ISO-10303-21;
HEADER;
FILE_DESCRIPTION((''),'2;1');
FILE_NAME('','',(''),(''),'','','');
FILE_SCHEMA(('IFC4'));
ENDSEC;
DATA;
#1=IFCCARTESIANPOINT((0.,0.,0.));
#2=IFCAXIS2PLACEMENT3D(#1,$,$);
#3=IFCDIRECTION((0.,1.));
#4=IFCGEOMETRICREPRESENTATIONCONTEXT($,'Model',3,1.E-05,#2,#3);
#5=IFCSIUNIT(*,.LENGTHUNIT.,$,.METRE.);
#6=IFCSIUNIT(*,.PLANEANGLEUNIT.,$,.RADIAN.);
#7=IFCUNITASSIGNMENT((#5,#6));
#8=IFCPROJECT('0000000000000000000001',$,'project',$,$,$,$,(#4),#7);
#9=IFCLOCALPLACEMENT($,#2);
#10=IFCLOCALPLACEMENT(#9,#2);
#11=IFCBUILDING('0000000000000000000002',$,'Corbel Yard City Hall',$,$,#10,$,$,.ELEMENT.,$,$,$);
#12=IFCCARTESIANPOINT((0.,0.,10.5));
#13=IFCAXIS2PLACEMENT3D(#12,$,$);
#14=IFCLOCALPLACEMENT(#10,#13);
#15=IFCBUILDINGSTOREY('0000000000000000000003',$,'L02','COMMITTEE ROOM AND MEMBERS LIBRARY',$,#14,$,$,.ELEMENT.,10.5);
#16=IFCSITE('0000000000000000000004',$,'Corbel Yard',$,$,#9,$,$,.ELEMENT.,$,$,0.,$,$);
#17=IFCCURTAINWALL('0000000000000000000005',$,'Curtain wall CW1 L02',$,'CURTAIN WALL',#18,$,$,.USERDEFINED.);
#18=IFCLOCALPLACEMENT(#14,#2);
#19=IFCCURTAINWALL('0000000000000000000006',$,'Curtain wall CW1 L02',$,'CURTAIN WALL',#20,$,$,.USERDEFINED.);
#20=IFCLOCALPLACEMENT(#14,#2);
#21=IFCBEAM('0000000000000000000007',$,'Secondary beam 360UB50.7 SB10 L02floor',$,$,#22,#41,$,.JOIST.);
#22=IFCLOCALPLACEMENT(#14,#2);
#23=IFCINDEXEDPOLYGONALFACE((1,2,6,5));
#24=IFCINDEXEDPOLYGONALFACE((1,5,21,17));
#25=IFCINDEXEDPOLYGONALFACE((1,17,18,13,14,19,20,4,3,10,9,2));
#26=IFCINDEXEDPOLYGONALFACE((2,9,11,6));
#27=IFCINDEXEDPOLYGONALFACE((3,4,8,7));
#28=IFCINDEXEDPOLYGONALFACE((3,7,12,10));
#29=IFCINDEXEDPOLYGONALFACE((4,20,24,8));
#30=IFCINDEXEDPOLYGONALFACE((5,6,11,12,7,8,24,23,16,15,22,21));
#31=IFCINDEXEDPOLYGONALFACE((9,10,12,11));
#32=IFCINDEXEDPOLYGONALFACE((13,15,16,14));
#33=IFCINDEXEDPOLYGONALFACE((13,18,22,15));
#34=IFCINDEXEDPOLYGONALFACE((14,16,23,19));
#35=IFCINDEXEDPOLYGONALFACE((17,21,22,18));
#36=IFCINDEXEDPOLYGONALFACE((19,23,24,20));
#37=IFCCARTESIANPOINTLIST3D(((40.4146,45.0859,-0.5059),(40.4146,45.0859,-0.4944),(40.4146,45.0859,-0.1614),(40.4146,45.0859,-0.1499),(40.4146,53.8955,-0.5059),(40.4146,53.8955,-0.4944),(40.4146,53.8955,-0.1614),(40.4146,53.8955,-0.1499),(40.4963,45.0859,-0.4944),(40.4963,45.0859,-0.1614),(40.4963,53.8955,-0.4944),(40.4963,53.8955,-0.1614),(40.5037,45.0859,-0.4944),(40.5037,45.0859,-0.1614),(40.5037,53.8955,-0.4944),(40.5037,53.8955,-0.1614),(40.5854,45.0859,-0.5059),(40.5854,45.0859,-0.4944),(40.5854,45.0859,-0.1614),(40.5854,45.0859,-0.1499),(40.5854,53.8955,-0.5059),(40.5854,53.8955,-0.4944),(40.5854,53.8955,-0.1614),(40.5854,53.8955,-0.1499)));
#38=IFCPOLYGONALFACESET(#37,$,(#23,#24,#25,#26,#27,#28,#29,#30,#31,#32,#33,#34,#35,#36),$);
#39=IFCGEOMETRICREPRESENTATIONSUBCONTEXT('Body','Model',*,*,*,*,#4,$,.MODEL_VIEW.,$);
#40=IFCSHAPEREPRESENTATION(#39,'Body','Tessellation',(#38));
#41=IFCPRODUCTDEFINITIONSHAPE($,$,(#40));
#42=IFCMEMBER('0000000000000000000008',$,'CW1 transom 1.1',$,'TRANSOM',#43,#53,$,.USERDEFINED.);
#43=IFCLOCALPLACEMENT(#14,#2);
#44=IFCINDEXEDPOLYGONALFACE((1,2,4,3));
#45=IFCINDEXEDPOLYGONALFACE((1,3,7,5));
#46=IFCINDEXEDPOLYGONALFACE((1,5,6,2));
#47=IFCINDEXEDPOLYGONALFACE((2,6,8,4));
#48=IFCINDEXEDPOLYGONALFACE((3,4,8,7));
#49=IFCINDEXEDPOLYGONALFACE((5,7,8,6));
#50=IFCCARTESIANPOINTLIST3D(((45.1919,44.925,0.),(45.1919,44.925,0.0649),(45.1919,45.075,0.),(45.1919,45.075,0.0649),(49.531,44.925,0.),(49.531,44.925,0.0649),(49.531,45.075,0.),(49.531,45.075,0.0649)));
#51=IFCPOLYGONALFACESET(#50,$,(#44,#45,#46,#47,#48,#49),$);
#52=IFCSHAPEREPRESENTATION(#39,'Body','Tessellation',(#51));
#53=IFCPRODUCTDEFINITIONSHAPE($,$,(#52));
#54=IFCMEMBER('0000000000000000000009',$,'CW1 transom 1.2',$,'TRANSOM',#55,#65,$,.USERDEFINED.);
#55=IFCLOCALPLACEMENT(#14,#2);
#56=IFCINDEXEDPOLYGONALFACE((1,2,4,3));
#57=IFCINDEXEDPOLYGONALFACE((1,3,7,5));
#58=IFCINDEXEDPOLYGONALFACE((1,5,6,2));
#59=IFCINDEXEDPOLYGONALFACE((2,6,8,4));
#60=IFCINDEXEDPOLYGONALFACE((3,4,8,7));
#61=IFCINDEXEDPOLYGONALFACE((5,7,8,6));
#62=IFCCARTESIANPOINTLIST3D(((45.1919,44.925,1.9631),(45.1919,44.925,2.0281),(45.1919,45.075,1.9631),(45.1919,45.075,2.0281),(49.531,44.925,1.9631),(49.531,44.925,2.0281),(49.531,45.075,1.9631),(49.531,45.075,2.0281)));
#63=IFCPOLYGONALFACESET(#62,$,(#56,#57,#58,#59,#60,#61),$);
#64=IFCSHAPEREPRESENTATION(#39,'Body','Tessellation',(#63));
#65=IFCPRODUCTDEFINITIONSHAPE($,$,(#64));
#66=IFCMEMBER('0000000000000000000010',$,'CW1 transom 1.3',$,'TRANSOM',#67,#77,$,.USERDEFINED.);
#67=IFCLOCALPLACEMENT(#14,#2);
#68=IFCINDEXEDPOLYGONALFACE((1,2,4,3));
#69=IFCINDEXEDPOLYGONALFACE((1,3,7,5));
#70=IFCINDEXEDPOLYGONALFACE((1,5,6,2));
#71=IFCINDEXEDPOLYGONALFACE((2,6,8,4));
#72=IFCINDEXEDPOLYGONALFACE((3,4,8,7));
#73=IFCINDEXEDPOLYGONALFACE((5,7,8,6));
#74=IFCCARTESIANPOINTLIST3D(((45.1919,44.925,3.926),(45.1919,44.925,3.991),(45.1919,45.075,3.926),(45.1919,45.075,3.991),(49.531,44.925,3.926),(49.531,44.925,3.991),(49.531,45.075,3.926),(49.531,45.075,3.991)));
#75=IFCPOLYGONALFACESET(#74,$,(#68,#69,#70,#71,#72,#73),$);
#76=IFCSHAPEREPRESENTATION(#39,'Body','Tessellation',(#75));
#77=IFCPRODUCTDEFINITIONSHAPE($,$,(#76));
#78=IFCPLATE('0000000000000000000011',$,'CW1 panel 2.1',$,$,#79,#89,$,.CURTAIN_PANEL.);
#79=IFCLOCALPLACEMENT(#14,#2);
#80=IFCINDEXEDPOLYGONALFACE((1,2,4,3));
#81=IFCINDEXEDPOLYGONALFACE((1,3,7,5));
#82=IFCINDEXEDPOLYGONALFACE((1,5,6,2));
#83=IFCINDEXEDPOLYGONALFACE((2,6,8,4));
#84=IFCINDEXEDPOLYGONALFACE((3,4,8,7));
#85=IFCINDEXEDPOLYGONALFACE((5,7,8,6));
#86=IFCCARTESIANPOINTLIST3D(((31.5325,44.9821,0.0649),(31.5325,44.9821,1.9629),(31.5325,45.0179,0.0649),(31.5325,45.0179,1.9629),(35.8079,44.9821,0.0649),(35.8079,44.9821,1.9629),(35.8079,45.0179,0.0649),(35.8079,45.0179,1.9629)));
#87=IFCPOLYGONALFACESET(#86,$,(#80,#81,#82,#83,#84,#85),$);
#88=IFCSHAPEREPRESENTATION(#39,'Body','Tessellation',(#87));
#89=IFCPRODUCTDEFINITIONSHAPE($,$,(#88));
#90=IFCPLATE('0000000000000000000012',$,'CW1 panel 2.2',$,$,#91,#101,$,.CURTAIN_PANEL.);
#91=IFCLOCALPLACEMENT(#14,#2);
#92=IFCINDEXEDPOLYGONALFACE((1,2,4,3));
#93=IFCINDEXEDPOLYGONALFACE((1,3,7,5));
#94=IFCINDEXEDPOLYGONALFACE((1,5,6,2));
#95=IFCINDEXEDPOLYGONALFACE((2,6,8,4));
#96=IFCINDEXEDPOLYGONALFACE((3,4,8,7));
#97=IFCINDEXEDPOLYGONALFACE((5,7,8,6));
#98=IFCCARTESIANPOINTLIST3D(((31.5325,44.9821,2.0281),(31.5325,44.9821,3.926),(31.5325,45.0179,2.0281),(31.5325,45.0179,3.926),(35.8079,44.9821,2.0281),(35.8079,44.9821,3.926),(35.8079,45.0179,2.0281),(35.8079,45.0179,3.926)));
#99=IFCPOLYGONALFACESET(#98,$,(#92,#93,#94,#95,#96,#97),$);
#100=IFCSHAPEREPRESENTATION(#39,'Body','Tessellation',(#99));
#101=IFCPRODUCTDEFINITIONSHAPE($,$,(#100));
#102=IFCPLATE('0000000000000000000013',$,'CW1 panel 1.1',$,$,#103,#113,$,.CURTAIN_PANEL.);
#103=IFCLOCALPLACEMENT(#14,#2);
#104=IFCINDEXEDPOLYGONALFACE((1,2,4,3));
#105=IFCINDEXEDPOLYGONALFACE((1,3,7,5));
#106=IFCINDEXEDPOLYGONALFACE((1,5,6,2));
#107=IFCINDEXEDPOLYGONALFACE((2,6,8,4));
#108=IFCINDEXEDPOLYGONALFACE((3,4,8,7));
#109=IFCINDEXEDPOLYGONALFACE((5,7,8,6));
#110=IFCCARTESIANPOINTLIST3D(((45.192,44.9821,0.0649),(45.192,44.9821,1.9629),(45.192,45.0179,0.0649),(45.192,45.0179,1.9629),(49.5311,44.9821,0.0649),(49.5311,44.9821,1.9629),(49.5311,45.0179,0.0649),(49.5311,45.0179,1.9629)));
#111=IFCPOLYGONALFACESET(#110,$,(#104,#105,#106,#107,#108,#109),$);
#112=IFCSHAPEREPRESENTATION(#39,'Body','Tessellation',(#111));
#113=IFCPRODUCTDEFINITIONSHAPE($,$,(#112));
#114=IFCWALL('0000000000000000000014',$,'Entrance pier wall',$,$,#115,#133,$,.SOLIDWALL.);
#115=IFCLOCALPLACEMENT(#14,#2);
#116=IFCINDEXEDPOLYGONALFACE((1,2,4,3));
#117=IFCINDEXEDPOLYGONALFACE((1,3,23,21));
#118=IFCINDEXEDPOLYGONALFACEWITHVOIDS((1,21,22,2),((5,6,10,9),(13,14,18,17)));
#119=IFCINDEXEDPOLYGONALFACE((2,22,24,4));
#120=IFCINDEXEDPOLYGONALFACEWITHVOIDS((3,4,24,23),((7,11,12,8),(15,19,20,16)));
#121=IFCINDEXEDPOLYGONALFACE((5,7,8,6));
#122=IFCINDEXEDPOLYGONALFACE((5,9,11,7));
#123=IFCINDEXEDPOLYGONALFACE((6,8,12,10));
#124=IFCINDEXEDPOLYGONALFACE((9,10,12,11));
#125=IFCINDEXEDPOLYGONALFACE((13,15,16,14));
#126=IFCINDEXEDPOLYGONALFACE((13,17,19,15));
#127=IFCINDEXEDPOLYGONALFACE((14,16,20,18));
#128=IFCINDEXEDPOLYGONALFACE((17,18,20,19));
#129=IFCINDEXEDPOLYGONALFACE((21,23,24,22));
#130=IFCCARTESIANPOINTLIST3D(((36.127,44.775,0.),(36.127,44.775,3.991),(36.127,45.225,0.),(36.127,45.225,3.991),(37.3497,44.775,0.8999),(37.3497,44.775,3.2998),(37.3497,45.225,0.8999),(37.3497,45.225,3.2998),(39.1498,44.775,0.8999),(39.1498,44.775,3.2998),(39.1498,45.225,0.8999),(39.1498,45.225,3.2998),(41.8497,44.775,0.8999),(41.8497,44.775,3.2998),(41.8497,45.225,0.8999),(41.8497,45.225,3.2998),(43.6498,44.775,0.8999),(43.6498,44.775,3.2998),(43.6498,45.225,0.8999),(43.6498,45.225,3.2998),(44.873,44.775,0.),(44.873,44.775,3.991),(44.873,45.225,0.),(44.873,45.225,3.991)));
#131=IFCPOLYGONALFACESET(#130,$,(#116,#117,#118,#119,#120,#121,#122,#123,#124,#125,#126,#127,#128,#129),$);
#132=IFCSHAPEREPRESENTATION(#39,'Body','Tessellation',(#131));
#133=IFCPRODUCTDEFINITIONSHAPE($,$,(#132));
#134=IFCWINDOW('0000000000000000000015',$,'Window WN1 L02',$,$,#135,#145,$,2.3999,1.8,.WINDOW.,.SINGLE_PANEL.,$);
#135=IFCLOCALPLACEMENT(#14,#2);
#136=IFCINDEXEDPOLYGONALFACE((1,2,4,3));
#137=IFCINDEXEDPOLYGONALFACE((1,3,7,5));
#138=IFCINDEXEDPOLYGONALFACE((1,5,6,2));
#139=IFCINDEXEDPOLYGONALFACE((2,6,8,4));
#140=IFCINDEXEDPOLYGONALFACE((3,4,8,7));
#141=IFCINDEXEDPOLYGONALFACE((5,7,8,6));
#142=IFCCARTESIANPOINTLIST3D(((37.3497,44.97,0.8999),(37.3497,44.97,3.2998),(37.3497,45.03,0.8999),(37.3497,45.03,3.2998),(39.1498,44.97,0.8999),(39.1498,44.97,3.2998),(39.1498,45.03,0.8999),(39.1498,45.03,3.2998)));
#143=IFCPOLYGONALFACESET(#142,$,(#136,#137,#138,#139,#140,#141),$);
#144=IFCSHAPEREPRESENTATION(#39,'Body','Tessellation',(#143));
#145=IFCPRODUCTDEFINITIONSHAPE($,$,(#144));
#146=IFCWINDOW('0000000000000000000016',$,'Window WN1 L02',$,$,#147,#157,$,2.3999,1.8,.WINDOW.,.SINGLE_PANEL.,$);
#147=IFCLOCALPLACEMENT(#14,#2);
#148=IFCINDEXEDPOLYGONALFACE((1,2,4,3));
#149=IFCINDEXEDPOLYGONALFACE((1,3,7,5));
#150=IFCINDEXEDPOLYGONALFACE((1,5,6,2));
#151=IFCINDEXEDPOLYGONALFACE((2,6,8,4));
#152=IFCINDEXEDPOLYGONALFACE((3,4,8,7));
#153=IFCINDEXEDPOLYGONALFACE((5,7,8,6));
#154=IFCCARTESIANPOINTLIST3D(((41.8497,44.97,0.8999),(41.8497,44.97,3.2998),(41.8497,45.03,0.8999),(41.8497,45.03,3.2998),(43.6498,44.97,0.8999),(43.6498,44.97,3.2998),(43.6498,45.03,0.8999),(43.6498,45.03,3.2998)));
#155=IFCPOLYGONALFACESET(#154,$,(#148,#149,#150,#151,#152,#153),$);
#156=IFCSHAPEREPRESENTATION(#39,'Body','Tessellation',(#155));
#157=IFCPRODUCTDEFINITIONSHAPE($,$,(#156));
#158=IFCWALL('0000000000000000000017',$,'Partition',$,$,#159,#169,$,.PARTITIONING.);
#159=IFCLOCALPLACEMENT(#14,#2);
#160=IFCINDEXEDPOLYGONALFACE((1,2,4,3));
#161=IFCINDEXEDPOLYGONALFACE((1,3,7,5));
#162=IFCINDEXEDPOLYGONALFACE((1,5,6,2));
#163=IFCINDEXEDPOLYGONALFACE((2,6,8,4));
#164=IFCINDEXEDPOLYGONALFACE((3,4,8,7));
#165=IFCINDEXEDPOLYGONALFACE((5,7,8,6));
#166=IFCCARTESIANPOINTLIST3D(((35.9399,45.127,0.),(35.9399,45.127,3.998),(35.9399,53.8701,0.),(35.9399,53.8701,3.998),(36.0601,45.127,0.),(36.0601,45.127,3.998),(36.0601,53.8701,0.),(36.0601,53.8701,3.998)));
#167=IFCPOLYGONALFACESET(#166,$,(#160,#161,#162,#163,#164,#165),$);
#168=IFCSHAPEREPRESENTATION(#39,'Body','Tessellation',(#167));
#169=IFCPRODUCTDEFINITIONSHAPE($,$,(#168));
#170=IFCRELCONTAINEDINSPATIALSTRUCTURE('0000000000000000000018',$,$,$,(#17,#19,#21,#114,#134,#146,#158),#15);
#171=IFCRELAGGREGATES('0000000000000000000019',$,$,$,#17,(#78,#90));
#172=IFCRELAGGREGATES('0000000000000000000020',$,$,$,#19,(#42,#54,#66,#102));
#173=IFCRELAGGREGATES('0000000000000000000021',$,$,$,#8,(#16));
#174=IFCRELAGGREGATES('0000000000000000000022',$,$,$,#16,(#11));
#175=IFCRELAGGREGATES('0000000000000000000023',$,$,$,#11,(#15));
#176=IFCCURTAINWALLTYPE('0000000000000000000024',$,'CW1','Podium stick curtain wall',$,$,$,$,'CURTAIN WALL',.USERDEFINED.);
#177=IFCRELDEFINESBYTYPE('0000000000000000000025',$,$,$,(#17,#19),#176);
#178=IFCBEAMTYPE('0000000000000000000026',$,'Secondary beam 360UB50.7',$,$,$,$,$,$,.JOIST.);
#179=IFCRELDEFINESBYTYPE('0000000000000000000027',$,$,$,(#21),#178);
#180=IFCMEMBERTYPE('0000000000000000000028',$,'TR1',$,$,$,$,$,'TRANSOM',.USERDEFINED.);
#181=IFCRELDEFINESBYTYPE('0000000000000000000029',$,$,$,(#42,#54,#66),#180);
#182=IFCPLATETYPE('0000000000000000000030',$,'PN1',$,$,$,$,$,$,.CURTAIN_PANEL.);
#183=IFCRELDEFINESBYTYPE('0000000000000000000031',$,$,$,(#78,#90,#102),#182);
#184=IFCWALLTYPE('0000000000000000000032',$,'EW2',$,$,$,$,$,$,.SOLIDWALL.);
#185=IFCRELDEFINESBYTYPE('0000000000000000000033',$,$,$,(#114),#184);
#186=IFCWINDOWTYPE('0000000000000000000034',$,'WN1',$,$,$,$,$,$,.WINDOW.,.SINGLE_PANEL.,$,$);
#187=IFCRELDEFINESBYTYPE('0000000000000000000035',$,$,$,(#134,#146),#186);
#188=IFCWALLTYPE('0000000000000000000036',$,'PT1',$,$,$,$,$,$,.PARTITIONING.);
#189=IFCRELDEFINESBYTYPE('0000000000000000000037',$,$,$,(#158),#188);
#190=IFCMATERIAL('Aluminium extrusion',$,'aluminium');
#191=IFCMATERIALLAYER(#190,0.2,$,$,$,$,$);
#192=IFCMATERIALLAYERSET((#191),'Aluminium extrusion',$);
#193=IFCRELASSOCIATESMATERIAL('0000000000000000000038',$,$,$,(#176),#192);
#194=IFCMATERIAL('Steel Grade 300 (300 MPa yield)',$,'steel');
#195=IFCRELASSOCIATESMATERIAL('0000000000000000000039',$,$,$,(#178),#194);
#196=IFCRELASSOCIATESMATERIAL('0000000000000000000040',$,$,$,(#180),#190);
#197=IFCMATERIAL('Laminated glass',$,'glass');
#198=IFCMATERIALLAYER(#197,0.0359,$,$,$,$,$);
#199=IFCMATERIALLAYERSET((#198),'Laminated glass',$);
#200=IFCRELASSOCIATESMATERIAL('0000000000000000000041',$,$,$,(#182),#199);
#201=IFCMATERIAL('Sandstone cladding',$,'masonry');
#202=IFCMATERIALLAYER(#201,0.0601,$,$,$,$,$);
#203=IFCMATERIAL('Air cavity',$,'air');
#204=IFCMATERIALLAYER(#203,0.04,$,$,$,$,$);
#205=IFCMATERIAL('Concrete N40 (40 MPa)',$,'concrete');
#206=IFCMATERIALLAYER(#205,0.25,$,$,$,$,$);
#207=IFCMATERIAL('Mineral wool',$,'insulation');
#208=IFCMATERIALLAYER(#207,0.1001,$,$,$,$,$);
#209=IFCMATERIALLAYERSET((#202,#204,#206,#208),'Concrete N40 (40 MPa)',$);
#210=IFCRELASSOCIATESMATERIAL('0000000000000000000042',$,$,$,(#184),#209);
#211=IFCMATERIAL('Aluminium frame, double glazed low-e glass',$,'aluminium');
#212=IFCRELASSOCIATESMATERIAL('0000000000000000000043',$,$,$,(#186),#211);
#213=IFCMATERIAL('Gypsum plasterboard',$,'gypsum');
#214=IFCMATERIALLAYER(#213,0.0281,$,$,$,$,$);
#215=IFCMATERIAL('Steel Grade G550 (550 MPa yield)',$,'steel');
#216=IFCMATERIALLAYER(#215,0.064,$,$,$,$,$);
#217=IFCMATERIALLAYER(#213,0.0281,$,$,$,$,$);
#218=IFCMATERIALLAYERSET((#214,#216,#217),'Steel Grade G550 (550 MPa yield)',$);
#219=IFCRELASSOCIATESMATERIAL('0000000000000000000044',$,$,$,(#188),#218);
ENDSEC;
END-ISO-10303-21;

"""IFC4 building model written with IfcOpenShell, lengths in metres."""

from ifc_helpers import new_model, si_unit, direction, frame, frame_2d, origin, origin_2d, place, context, subcontext, project, spatial, rectangle, i_section, extrude, material, layer, layer_set, material_profile, profile_set, type_object, element, fill, aggregate, save


model = new_model("IFC4")

# Units and contexts
model_context = context("Model", 3, precision=1e-05, world=origin(), true_north=direction((0.0, 1.0)))
body_context = subcontext(model_context, "Body", "Model", "MODEL_VIEW")
ifc_project = project(units=[si_unit("LENGTHUNIT", "METRE"), si_unit("PLANEANGLEUNIT", "RADIAN")], contexts=[model_context])

# Site, building, storey
site_placement = place(None, origin())
site = spatial("IfcSite", under=ifc_project, at=site_placement, Name="Corbel Yard", CompositionType="ELEMENT", RefElevation=0.0)
building_placement = place(site_placement, origin())
building = spatial("IfcBuilding", under=site, at=building_placement, Name="Corbel Yard City Hall", CompositionType="ELEMENT")
storey_placement = place(building_placement, frame((0.0, 0.0, 10.5)))
storey = spatial("IfcBuildingStorey", under=building, at=storey_placement, Name="L02", Description="COMMITTEE ROOM AND MEMBERS LIBRARY", CompositionType="ELEMENT", Elevation=10.5)

# Shared definitions
ifc_material_1 = material(Name="Steel Grade 300 (300 MPa yield)", Category="steel")

# Curtain walls
ifc_material_2 = material(Name="Aluminium extrusion", Category="aluminium")
ifc_layer_1 = layer(ifc_material_2, 0.2)
ifc_layer_set_1 = layer_set([ifc_layer_1], Name="Aluminium extrusion")
curtain_wall_type = type_object("IfcCurtainWallType", Name="CW1", Description="Podium stick curtain wall", ElementType="CURTAIN WALL", PredefinedType="USERDEFINED", material=ifc_layer_set_1)
curtain_wall_1_placement = place(storey_placement, origin())
curtain_wall_1 = element("IfcCurtainWall", 1, at=curtain_wall_1_placement, inside=storey, type_object=curtain_wall_type, Name="Curtain wall CW1 L02", ObjectType="CURTAIN WALL", PredefinedType="USERDEFINED")
curtain_wall_2_placement = place(storey_placement, origin())
curtain_wall_2 = element("IfcCurtainWall", 2, at=curtain_wall_2_placement, inside=storey, type_object=curtain_wall_type, Name="Curtain wall CW1 L02", ObjectType="CURTAIN WALL", PredefinedType="USERDEFINED")

# Beam
ifc_material_profile_1 = material_profile(ifc_material_1, i_section(OverallWidth=0.1709, OverallDepth=0.356, WebThickness=0.0073, FlangeThickness=0.0115, at=origin_2d()), Name="360UB50.7")
ifc_profile_set_1 = profile_set([ifc_material_profile_1], Name="Steel Grade 300 (300 MPa yield)")
beam_type_1 = type_object("IfcBeamType", Name="Secondary beam 360UB50.7", PredefinedType="JOIST", material=ifc_profile_set_1)
beam_1_placement = place(storey_placement, frame((40.5, 45.0859, -0.3279), z_axis=(0.0, 1.0, 0.0), x_axis=(-1.0, 0.0, 0.0)))
element("IfcBeam", 3, at=beam_1_placement, inside=storey, type_object=beam_type_1, Name="Secondary beam 360UB50.7 SB10 L02floor", PredefinedType="JOIST", context=body_context, shape_type="SweptSolid", body=[
    extrude(i_section(OverallWidth=0.1709, OverallDepth=0.356, WebThickness=0.0073, FlangeThickness=0.0115, at=origin_2d()), origin(), (0.0, 0.0, 1.0), 8.8096),
])

# Members
ifc_material_profile_2 = material_profile(ifc_material_2, rectangle(XDim=0.1499, YDim=0.0649, at=origin_2d()), Name="150x65")
ifc_profile_set_2 = profile_set([ifc_material_profile_2], Name="Aluminium extrusion")
member_type_1 = type_object("IfcMemberType", Name="TR1", ElementType="TRANSOM", PredefinedType="USERDEFINED", material=ifc_profile_set_2)
member_1_placement = place(storey_placement, frame((45.1919, 45.0, 0.0325), z_axis=(1.0, 0.0, 0.0), x_axis=(0.0, 1.0, 0.0)))
member_1 = element("IfcMember", 4, at=member_1_placement, type_object=member_type_1, Name="CW1 transom 1.1", ObjectType="TRANSOM", PredefinedType="USERDEFINED", context=body_context, shape_type="SweptSolid", body=[
    extrude(rectangle(XDim=0.1499, YDim=0.0649, at=origin_2d()), origin(), (0.0, 0.0, 1.0), 4.3391),
])
member_2_placement = place(storey_placement, frame((45.1919, 45.0, 1.9956), z_axis=(1.0, 0.0, 0.0), x_axis=(0.0, 1.0, 0.0)))
member_2 = element("IfcMember", 5, at=member_2_placement, type_object=member_type_1, Name="CW1 transom 1.2", ObjectType="TRANSOM", PredefinedType="USERDEFINED", context=body_context, shape_type="SweptSolid", body=[
    extrude(rectangle(XDim=0.1499, YDim=0.0649, at=origin_2d()), origin(), (0.0, 0.0, 1.0), 4.3391),
])
member_3_placement = place(storey_placement, frame((45.1919, 45.0, 3.9585), z_axis=(1.0, 0.0, 0.0), x_axis=(0.0, 1.0, 0.0)))
member_3 = element("IfcMember", 6, at=member_3_placement, type_object=member_type_1, Name="CW1 transom 1.3", ObjectType="TRANSOM", PredefinedType="USERDEFINED", context=body_context, shape_type="SweptSolid", body=[
    extrude(rectangle(XDim=0.1499, YDim=0.0649, at=origin_2d()), origin(), (0.0, 0.0, 1.0), 4.3391),
])

# Plates
ifc_material_3 = material(Name="Laminated glass", Category="glass")
ifc_layer_2 = layer(ifc_material_3, 0.0359)
ifc_layer_set_2 = layer_set([ifc_layer_2], Name="Laminated glass")
plate_type = type_object("IfcPlateType", Name="PN1", PredefinedType="CURTAIN_PANEL", material=ifc_layer_set_2)
plate_1_placement = place(storey_placement, frame((33.6702, 45.0, 0.0649), z_axis=(0.0, 0.0, 1.0), x_axis=(1.0, 0.0, 0.0)))
plate_1 = element("IfcPlate", 7, at=plate_1_placement, type_object=plate_type, Name="CW1 panel 2.1", PredefinedType="CURTAIN_PANEL", context=body_context, shape_type="SweptSolid", body=[
    extrude(rectangle(XDim=4.2754, YDim=0.0359, at=origin_2d()), origin(), (0.0, 0.0, 1.0), 1.8979),
])
plate_2_placement = place(storey_placement, frame((33.6702, 45.0, 2.0281), z_axis=(0.0, 0.0, 1.0), x_axis=(1.0, 0.0, 0.0)))
plate_2 = element("IfcPlate", 8, at=plate_2_placement, type_object=plate_type, Name="CW1 panel 2.2", PredefinedType="CURTAIN_PANEL", context=body_context, shape_type="SweptSolid", body=[
    extrude(rectangle(XDim=4.2754, YDim=0.0359, at=origin_2d()), origin(), (0.0, 0.0, 1.0), 1.8979),
])
aggregate(curtain_wall_1, [plate_1, plate_2])
plate_3_placement = place(storey_placement, frame((47.3616, 45.0, 0.0649), z_axis=(0.0, 0.0, 1.0), x_axis=(1.0, 0.0, 0.0)))
plate_3 = element("IfcPlate", 9, at=plate_3_placement, type_object=plate_type, Name="CW1 panel 1.1", PredefinedType="CURTAIN_PANEL", context=body_context, shape_type="SweptSolid", body=[
    extrude(rectangle(XDim=4.3391, YDim=0.0359, at=origin_2d()), origin(), (0.0, 0.0, 1.0), 1.8979),
])
aggregate(curtain_wall_2, [member_1, member_2, member_3, plate_3])

# Wall, openings, windows
ifc_material_4 = material(Name="Sandstone cladding", Category="masonry")
ifc_layer_3 = layer(ifc_material_4, 0.0601)
ifc_material_5 = material(Name="Air cavity", Category="air")
ifc_layer_4 = layer(ifc_material_5, 0.04)
ifc_material_6 = material(Name="Concrete N40 (40 MPa)", Category="concrete")
ifc_layer_5 = layer(ifc_material_6, 0.25)
ifc_material_7 = material(Name="Mineral wool", Category="insulation")
ifc_layer_6 = layer(ifc_material_7, 0.1001)
ifc_layer_set_3 = layer_set([ifc_layer_3, ifc_layer_4, ifc_layer_5, ifc_layer_6], Name="Concrete N40 (40 MPa)")
wall_type_1 = type_object("IfcWallType", Name="EW2", PredefinedType="SOLIDWALL", material=ifc_layer_set_3)
wall_1_placement = place(storey_placement, frame((36.127, 45.0, 0.0), z_axis=(0.0, 0.0, 1.0), x_axis=(1.0, 0.0, 0.0)))
wall_1 = element("IfcWall", 10, at=wall_1_placement, inside=storey, type_object=wall_type_1, Name="Entrance pier wall", PredefinedType="SOLIDWALL", context=body_context, shape_type="SweptSolid", body=[
    extrude(rectangle(XDim=8.7461, YDim=0.45, at=frame_2d((4.373, 0.0))), origin(), (0.0, 0.0, 1.0), 3.991),
])
opening_1_placement = place(wall_1_placement, frame((1.2229, 0.0, 0.8999)))
opening_1 = element("IfcOpeningElement", 11, at=opening_1_placement, cuts=wall_1, PredefinedType="OPENING", context=body_context, shape_type="SweptSolid", body=[
    extrude(rectangle(XDim=1.8, YDim=2.3999, at=frame_2d((0.8999, 1.2))), frame((0.0, 0.2349, 0.0), z_axis=(0.0, -1.0, 0.0), x_axis=(1.0, 0.0, 0.0)), (0.0, 0.0, 1.0), 0.47),
])
opening_2_placement = place(wall_1_placement, frame((5.7229, 0.0, 0.8999)))
opening_2 = element("IfcOpeningElement", 12, at=opening_2_placement, cuts=wall_1, PredefinedType="OPENING", context=body_context, shape_type="SweptSolid", body=[
    extrude(rectangle(XDim=1.8, YDim=2.3999, at=frame_2d((0.8999, 1.2))), frame((0.0, 0.2349, 0.0), z_axis=(0.0, -1.0, 0.0), x_axis=(1.0, 0.0, 0.0)), (0.0, 0.0, 1.0), 0.47),
])
ifc_material_8 = material(Name="Aluminium frame, double glazed low-e glass", Category="aluminium")
window_type = type_object("IfcWindowType", Name="WN1", PartitioningType="SINGLE_PANEL", PredefinedType="WINDOW", material=ifc_material_8)
window_1_placement = place(opening_1_placement, origin())
window_1 = element("IfcWindow", 13, at=window_1_placement, inside=storey, type_object=window_type, Name="Window WN1 L02", OverallHeight=2.3999, OverallWidth=1.8, PartitioningType="SINGLE_PANEL", PredefinedType="WINDOW", context=body_context, shape_type="SweptSolid", body=[
    extrude(rectangle(XDim=1.8, YDim=2.3999, at=frame_2d((0.8999, 1.2))), frame((0.0, 0.03, 0.0), z_axis=(0.0, -1.0, 0.0), x_axis=(1.0, 0.0, 0.0)), (0.0, 0.0, 1.0), 0.0601),
])
fill(opening_1, window_1)
window_2_placement = place(opening_2_placement, origin())
window_2 = element("IfcWindow", 14, at=window_2_placement, inside=storey, type_object=window_type, Name="Window WN1 L02", OverallHeight=2.3999, OverallWidth=1.8, PartitioningType="SINGLE_PANEL", PredefinedType="WINDOW", context=body_context, shape_type="SweptSolid", body=[
    extrude(rectangle(XDim=1.8, YDim=2.3999, at=frame_2d((0.8999, 1.2))), frame((0.0, 0.03, 0.0), z_axis=(0.0, -1.0, 0.0), x_axis=(1.0, 0.0, 0.0)), (0.0, 0.0, 1.0), 0.0601),
])
fill(opening_2, window_2)

# Wall
ifc_material_9 = material(Name="Gypsum plasterboard", Category="gypsum")
ifc_layer_7 = layer(ifc_material_9, 0.0281)
ifc_material_10 = material(Name="Steel Grade G550 (550 MPa yield)", Category="steel")
ifc_layer_8 = layer(ifc_material_10, 0.064)
ifc_layer_9 = layer(ifc_material_9, 0.0281)
ifc_layer_set_4 = layer_set([ifc_layer_7, ifc_layer_8, ifc_layer_9], Name="Steel Grade G550 (550 MPa yield)")
wall_type_2 = type_object("IfcWallType", Name="PT1", PredefinedType="PARTITIONING", material=ifc_layer_set_4)
for number, where, z_axis, x_axis, name in (
    (15, (36.0, 45.127, 0.0), (0.0, 0.0, 1.0), (0.0, 1.0, 0.0), "Partition"),
):
    element("IfcWall", number, at=place(storey_placement, frame(where, z_axis=z_axis, x_axis=x_axis)), inside=storey, type_object=wall_type_2, Name=name, PredefinedType="PARTITIONING", context=body_context, shape_type="SweptSolid", body=[
        extrude(rectangle(XDim=8.7432, YDim=0.1201, at=frame_2d((4.3716, 0.0))), origin(), (0.0, 0.0, 1.0), 3.998),
    ])

save(model, "model.ifc")
